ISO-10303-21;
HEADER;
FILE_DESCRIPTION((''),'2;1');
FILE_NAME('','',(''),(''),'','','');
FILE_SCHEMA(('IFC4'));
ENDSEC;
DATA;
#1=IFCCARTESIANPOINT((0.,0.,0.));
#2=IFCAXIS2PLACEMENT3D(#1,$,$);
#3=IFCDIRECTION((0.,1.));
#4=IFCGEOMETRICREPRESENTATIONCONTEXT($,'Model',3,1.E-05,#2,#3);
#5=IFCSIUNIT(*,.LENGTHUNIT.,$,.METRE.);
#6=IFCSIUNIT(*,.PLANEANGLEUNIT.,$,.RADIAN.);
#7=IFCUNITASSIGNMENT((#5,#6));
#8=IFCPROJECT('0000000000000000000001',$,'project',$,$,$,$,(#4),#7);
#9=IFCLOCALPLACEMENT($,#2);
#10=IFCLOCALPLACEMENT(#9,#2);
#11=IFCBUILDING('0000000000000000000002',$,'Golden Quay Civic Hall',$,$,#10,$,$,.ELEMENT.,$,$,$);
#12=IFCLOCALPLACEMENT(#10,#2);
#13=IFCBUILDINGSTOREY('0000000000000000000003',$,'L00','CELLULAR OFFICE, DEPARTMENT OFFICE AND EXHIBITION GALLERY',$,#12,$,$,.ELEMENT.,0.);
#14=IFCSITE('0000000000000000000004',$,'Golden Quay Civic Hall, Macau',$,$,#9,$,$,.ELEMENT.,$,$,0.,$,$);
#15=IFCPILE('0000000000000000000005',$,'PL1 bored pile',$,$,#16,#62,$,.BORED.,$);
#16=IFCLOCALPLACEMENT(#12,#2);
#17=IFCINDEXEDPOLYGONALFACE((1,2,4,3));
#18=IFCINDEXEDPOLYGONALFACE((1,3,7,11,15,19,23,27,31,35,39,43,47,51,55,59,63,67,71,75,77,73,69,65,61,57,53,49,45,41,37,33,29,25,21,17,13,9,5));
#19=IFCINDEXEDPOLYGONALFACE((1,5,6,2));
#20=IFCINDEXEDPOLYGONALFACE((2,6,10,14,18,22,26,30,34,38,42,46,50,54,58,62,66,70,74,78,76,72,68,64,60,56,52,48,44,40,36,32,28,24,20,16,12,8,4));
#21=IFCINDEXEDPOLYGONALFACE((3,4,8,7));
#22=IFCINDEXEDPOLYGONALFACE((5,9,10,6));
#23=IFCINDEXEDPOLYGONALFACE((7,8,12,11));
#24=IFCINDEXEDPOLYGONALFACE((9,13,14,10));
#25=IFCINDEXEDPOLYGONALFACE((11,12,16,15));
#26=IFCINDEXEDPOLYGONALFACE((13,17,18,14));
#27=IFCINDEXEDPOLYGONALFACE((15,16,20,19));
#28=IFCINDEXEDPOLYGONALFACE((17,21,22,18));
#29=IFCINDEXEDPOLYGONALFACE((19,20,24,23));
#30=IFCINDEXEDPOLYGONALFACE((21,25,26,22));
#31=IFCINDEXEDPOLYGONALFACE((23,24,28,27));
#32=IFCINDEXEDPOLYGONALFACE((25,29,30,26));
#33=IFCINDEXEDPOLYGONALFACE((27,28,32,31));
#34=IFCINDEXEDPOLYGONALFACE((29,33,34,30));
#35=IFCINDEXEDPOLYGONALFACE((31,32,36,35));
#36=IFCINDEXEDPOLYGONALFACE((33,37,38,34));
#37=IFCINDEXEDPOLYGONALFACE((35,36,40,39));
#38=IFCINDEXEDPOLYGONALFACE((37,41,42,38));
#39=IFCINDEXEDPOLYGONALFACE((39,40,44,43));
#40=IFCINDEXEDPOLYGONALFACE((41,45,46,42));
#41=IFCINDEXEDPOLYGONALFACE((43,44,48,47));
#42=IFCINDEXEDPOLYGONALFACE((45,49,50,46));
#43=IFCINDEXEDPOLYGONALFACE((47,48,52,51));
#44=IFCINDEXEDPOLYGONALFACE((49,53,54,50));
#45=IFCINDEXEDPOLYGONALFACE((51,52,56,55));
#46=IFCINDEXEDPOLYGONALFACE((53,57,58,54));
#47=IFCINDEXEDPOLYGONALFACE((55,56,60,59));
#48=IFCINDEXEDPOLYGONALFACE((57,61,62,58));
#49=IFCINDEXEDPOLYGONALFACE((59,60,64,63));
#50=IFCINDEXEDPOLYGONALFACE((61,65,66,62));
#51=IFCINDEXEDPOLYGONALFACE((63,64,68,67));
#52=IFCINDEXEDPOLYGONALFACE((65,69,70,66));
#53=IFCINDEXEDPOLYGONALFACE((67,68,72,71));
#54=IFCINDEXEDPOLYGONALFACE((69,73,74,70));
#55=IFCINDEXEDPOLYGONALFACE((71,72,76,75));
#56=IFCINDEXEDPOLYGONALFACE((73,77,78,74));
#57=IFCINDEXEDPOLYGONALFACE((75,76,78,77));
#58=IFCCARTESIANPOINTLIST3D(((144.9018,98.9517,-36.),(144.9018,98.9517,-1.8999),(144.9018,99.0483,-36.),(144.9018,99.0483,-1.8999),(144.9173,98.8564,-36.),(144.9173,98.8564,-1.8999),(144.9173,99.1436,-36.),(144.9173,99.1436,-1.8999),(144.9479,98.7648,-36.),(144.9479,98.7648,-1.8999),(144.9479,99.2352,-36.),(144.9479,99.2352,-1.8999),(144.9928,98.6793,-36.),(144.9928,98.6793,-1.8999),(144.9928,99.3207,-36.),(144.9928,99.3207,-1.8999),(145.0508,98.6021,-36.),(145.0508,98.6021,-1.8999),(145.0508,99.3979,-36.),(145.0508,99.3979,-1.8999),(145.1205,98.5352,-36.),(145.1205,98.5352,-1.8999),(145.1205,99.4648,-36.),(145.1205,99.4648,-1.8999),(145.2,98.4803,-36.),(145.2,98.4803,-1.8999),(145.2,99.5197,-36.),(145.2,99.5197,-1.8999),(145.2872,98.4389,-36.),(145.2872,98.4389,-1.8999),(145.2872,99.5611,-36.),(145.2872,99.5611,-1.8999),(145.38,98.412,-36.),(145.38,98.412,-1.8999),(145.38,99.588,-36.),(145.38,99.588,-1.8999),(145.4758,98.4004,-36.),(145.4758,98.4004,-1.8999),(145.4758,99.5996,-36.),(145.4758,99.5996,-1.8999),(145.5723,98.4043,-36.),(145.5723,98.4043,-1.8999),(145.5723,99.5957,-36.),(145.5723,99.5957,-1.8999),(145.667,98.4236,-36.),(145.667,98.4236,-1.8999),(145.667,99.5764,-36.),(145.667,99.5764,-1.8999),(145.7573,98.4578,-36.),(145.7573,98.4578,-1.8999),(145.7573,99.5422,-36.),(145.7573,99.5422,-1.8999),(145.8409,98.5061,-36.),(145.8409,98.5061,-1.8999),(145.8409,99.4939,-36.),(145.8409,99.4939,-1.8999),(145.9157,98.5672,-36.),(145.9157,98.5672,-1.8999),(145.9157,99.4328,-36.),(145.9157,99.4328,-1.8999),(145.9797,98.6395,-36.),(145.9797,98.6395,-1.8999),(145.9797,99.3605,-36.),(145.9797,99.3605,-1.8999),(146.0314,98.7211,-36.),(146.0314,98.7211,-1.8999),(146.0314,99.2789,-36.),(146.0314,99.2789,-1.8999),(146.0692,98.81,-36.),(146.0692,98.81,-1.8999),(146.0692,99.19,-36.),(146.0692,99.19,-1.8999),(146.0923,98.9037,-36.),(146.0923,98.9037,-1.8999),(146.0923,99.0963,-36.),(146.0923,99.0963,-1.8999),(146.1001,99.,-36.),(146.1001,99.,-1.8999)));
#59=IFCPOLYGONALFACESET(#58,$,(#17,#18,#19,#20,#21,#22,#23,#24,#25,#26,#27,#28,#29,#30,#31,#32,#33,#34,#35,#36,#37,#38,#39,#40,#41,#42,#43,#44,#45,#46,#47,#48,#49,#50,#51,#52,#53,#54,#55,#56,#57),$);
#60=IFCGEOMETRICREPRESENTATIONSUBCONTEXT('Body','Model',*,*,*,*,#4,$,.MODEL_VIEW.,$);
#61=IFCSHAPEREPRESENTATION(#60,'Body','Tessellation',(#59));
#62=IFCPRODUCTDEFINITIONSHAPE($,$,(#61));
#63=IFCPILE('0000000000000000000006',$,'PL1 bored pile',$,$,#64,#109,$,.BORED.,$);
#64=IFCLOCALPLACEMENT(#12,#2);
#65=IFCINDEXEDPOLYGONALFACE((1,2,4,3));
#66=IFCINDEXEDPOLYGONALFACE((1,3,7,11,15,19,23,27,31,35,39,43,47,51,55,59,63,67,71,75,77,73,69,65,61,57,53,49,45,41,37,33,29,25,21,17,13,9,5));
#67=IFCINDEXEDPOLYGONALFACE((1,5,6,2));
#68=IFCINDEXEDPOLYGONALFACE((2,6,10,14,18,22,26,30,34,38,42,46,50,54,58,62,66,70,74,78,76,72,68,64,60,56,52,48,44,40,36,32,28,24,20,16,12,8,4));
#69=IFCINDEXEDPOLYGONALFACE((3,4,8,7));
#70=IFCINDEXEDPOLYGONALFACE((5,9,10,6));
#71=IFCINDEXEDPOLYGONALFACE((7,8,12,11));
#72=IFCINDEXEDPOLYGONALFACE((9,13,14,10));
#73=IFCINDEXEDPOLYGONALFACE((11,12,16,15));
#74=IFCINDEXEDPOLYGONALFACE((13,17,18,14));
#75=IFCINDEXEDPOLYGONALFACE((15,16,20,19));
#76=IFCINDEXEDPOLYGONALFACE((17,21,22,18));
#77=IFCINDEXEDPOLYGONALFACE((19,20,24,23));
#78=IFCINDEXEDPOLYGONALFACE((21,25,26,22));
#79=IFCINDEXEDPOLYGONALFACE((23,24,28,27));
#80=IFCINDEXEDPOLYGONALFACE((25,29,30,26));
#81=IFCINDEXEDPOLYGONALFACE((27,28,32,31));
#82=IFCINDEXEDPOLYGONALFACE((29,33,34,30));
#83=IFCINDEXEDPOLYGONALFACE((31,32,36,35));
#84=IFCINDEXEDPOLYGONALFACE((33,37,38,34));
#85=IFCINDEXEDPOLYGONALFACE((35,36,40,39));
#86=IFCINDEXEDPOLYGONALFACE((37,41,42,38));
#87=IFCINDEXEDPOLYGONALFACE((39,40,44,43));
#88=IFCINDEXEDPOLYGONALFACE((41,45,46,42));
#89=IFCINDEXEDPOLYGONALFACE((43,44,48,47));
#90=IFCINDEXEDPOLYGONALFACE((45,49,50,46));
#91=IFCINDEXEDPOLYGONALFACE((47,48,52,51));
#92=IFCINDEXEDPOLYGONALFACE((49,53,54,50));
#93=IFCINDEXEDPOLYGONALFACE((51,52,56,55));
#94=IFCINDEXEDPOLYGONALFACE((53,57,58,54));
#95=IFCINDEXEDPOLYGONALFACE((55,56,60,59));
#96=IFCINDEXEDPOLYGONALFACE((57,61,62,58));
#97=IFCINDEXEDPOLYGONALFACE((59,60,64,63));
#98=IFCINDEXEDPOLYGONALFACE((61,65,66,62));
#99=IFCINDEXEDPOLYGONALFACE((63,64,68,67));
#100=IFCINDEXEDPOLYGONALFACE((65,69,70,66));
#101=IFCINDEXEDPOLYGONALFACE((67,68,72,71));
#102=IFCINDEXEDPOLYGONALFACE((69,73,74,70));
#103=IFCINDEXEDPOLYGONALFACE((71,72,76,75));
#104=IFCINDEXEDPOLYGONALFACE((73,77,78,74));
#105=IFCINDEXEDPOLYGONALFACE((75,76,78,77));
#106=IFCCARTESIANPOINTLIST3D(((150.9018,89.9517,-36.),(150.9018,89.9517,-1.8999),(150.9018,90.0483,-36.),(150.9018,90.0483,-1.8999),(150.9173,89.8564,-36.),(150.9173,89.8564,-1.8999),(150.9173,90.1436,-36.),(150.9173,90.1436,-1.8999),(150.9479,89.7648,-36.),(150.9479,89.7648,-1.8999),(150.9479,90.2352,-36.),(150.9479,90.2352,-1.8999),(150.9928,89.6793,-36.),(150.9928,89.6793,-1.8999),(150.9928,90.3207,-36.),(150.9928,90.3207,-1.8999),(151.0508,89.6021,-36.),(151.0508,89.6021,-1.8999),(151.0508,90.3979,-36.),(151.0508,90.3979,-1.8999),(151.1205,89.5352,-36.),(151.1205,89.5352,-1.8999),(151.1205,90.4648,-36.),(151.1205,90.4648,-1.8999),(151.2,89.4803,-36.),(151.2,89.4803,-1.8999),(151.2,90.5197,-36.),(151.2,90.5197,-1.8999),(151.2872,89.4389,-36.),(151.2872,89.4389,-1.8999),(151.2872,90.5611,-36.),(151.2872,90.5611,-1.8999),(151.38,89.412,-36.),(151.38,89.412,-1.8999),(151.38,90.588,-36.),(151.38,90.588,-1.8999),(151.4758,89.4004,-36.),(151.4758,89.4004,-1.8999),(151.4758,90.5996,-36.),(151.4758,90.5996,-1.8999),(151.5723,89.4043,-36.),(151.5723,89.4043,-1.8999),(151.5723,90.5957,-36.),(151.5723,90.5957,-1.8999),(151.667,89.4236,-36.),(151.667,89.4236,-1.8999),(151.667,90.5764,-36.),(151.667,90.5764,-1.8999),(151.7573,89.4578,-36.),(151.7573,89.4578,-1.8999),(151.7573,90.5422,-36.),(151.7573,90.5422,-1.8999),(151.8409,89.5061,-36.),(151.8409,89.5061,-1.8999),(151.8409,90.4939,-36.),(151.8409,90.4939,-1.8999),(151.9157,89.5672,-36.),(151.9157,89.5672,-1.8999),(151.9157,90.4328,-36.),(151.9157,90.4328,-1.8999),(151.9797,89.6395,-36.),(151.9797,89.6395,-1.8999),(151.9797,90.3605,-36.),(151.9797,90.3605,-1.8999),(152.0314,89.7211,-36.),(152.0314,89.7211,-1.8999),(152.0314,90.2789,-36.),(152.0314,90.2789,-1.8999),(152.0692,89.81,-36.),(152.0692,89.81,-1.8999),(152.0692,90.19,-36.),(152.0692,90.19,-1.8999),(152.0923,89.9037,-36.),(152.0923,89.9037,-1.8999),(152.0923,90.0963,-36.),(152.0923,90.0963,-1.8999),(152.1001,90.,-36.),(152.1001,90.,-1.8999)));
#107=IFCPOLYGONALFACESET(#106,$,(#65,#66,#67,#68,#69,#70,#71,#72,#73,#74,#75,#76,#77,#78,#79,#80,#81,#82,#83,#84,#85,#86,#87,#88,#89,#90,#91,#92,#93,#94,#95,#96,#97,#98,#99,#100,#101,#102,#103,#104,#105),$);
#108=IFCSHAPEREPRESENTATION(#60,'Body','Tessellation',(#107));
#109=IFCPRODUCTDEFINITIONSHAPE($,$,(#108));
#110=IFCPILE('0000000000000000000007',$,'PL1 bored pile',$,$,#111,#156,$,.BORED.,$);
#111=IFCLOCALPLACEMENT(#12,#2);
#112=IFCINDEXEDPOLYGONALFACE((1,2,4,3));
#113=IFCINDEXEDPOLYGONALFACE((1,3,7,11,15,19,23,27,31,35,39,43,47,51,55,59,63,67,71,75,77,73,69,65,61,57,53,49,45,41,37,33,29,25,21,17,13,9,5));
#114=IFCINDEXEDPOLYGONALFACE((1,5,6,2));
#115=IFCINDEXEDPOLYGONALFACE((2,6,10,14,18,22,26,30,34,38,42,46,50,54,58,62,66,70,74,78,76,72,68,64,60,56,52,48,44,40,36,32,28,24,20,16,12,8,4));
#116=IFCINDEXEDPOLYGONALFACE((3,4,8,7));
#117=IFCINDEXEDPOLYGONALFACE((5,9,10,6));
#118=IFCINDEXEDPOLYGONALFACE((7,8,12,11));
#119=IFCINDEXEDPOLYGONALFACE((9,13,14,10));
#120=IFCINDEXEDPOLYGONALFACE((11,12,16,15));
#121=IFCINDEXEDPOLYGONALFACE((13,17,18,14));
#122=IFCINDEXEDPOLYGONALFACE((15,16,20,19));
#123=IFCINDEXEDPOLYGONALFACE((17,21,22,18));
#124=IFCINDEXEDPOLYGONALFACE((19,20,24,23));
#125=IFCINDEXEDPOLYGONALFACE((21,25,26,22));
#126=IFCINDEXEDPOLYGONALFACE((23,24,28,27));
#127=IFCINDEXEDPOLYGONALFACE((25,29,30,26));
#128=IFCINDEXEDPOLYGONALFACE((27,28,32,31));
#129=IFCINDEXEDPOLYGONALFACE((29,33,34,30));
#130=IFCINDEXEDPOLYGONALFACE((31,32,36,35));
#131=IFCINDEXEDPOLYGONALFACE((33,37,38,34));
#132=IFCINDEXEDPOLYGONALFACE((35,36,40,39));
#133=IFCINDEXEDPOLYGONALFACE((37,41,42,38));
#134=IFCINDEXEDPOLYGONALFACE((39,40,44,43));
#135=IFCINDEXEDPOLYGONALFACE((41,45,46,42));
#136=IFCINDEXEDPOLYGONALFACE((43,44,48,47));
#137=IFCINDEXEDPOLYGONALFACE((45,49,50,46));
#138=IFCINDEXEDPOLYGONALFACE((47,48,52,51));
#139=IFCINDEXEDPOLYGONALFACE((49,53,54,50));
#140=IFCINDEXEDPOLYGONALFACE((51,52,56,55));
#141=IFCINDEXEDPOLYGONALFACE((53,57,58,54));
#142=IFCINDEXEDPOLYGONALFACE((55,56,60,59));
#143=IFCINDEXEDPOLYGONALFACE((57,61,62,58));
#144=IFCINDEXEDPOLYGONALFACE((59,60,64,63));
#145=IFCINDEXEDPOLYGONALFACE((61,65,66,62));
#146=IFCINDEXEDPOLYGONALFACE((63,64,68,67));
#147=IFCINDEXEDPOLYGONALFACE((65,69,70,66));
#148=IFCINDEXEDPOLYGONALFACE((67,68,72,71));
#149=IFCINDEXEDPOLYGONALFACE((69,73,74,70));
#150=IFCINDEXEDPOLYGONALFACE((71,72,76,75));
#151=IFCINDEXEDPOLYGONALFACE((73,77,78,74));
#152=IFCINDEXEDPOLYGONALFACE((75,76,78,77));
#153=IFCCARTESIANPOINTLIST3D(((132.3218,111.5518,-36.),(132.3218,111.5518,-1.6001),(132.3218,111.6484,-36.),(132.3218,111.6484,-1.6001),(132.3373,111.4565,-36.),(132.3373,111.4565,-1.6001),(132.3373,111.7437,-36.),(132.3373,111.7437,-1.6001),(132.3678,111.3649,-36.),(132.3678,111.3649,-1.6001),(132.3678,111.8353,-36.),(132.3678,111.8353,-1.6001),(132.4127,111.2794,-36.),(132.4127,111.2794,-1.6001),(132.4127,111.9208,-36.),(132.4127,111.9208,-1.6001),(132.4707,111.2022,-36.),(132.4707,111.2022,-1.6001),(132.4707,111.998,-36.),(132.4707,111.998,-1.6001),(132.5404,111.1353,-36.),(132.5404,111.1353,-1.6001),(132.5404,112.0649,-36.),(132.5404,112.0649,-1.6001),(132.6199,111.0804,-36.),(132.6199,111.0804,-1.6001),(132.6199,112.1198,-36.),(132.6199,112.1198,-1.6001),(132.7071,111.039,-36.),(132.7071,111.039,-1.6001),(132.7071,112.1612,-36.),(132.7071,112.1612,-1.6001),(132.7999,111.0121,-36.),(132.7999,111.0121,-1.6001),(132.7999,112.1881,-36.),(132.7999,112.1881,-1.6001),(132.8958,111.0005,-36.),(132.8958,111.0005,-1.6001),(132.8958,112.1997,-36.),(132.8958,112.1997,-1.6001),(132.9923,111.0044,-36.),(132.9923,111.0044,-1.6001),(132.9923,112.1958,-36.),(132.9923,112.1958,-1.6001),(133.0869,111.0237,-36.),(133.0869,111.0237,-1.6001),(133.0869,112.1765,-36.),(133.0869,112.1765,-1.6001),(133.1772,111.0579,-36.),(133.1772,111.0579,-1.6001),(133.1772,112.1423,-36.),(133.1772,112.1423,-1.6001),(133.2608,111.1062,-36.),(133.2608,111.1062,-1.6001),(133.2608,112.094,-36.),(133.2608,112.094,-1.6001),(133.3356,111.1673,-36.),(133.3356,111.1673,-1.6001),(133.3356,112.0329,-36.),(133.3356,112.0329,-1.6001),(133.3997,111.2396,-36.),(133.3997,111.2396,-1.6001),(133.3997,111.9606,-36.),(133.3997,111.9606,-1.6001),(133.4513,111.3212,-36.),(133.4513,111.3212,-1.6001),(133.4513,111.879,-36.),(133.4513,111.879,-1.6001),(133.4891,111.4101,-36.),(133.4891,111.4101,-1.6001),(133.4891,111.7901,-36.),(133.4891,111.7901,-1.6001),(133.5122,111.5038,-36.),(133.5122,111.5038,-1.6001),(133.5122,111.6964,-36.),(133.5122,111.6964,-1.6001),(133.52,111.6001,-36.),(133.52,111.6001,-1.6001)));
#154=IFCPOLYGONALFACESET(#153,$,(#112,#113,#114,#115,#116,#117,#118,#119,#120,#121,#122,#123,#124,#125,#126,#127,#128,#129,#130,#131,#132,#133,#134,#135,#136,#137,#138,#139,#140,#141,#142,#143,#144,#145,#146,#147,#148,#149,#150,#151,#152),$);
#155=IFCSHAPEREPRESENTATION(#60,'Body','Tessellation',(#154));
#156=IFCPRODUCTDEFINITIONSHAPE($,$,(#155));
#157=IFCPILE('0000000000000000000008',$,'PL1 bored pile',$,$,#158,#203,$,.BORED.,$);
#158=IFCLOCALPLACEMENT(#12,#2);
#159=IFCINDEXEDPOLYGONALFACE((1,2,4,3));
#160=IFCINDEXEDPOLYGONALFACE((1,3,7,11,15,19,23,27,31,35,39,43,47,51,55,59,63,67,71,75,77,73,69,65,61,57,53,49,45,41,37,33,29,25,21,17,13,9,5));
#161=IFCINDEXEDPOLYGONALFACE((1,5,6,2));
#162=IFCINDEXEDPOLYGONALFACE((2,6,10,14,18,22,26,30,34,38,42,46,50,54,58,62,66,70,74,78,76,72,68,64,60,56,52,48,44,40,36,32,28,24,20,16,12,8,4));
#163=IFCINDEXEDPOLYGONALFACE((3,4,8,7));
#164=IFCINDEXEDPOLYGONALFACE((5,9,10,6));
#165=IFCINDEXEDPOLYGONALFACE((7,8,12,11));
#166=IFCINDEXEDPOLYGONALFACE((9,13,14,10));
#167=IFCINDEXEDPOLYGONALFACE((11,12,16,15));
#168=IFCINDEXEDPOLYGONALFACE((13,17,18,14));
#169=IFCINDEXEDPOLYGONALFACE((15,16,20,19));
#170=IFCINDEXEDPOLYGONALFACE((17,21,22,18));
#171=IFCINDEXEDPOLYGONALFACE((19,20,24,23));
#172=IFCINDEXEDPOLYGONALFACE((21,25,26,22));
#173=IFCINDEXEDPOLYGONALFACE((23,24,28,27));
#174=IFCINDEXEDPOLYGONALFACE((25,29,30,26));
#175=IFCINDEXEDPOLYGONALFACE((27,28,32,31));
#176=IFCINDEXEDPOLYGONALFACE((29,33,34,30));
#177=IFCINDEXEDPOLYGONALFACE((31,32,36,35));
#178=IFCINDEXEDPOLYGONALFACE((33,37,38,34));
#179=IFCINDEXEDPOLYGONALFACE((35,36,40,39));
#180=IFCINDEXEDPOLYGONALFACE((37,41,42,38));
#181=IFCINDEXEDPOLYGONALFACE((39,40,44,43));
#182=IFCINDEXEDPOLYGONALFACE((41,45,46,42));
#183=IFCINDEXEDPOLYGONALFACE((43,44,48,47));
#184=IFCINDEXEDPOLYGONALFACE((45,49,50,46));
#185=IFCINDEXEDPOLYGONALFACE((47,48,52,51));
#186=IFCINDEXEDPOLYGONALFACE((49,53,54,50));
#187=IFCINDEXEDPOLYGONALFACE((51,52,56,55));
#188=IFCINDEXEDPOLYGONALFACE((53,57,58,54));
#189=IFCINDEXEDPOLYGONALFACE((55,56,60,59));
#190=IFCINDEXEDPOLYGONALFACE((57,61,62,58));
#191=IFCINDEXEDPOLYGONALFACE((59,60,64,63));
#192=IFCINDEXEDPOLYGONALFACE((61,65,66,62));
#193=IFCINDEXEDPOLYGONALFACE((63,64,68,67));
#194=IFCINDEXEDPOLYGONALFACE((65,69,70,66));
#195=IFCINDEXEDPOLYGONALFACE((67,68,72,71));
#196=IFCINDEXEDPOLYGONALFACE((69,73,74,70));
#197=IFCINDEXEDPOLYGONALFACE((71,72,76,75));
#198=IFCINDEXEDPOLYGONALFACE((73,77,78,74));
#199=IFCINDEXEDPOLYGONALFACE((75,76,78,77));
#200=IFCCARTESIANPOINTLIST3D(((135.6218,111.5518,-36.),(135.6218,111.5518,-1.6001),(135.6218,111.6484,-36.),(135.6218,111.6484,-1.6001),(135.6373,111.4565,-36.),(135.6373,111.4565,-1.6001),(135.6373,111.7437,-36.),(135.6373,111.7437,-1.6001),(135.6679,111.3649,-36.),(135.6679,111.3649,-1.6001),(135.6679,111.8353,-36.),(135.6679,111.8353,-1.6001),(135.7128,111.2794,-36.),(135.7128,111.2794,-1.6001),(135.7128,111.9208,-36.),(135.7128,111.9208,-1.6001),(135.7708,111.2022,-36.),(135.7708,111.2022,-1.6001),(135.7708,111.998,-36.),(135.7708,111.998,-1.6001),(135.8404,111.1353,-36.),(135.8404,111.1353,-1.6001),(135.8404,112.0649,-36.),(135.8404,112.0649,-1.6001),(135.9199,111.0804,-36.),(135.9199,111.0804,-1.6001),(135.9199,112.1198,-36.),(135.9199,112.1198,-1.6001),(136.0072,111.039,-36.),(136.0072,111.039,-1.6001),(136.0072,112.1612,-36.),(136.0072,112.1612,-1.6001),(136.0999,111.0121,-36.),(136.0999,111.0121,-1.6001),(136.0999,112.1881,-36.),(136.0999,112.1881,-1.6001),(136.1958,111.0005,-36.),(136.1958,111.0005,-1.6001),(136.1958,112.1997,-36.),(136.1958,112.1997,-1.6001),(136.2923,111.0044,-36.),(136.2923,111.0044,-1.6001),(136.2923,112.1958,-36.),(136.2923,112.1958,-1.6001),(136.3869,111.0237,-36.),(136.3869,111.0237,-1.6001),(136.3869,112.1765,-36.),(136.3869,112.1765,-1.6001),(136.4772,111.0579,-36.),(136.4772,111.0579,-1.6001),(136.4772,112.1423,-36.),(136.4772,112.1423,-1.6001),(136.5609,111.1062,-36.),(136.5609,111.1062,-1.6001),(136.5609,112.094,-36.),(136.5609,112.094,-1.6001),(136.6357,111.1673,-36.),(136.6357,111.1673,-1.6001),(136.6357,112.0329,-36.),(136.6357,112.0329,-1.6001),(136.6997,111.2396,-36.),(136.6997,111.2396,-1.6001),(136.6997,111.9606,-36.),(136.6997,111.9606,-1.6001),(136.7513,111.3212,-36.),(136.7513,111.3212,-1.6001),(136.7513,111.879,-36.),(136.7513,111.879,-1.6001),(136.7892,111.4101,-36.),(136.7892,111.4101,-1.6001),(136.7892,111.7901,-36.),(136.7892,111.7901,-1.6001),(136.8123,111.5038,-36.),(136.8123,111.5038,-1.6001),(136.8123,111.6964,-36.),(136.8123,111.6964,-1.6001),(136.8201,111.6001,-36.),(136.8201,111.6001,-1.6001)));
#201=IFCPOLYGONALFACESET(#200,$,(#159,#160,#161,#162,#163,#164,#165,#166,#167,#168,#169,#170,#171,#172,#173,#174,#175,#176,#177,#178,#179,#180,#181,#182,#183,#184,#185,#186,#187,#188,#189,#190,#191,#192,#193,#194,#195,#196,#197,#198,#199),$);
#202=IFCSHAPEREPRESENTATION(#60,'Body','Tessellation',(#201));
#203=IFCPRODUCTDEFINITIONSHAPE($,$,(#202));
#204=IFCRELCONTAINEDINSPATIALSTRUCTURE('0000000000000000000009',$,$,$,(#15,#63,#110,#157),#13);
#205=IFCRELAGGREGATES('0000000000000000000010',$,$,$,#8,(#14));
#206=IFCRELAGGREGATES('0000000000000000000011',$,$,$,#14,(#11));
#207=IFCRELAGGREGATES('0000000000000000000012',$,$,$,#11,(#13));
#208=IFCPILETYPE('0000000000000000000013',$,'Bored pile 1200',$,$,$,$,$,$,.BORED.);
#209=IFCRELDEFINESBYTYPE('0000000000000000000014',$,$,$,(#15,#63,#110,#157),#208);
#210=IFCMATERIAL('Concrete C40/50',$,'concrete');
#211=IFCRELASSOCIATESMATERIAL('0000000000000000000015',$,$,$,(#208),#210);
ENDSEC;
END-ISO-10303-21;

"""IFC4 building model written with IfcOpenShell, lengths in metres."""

from ifc_helpers import new_model, si_unit, direction, frame, origin, origin_2d, place, context, subcontext, project, spatial, circle, extrude, material, material_profile, profile_set, type_object, element, save


model = new_model("IFC4")

# Units and contexts
model_context = context("Model", 3, precision=1e-05, world=origin(), true_north=direction((0.0, 1.0)))
body_context = subcontext(model_context, "Body", "Model", "MODEL_VIEW")
ifc_project = project(units=[si_unit("LENGTHUNIT", "METRE"), si_unit("PLANEANGLEUNIT", "RADIAN")], contexts=[model_context])

# Site, building, storey
site_placement = place(None, origin())
site = spatial("IfcSite", under=ifc_project, at=site_placement, Name="Golden Quay Civic Hall, Macau", CompositionType="ELEMENT", RefElevation=0.0)
building_placement = place(site_placement, origin())
building = spatial("IfcBuilding", under=site, at=building_placement, Name="Golden Quay Civic Hall", CompositionType="ELEMENT")
storey_placement = place(building_placement, origin())
storey = spatial("IfcBuildingStorey", under=building, at=storey_placement, Name="L00", Description="CELLULAR OFFICE, DEPARTMENT OFFICE AND EXHIBITION GALLERY", CompositionType="ELEMENT", Elevation=0.0)

# Piles
ifc_material_1 = material(Name="Concrete C40/50", Category="concrete")
ifc_material_profile_1 = material_profile(ifc_material_1, circle(Radius=0.6001, at=origin_2d()), Name="RC D1200")
ifc_profile_set_1 = profile_set([ifc_material_profile_1], Name="Concrete C40/50")
pile_type = type_object("IfcPileType", Name="Bored pile 1200", PredefinedType="BORED", material=ifc_profile_set_1)
for number, where, z_axis, x_axis, name in (
    (1, (145.5, 99.0, -1.8999), (0.0, 0.0, -1.0), (1.0, 0.0, 0.0), "PL1 bored pile"),
    (2, (151.5, 90.0, -1.8999), (0.0, 0.0, -1.0), (1.0, 0.0, 0.0), "PL1 bored pile"),
):
    element("IfcPile", number, at=place(storey_placement, frame(where, z_axis=z_axis, x_axis=x_axis)), inside=storey, type_object=pile_type, Name=name, PredefinedType="BORED", context=body_context, shape_type="SweptSolid", body=[
        extrude(circle(Radius=0.6001, at=origin_2d()), origin(), (0.0, 0.0, 1.0), 34.1001),
    ])
for number, where, z_axis, x_axis, name in (
    (3, (132.9199, 111.6001, -1.6001), (0.0, 0.0, -1.0), (1.0, 0.0, 0.0), "PL1 bored pile"),
    (4, (136.22, 111.6001, -1.6001), (0.0, 0.0, -1.0), (1.0, 0.0, 0.0), "PL1 bored pile"),
):
    element("IfcPile", number, at=place(storey_placement, frame(where, z_axis=z_axis, x_axis=x_axis)), inside=storey, type_object=pile_type, Name=name, PredefinedType="BORED", context=body_context, shape_type="SweptSolid", body=[
        extrude(circle(Radius=0.6001, at=origin_2d()), origin(), (0.0, 0.0, 1.0), 34.3999),
    ])

save(model, "model.ifc")
